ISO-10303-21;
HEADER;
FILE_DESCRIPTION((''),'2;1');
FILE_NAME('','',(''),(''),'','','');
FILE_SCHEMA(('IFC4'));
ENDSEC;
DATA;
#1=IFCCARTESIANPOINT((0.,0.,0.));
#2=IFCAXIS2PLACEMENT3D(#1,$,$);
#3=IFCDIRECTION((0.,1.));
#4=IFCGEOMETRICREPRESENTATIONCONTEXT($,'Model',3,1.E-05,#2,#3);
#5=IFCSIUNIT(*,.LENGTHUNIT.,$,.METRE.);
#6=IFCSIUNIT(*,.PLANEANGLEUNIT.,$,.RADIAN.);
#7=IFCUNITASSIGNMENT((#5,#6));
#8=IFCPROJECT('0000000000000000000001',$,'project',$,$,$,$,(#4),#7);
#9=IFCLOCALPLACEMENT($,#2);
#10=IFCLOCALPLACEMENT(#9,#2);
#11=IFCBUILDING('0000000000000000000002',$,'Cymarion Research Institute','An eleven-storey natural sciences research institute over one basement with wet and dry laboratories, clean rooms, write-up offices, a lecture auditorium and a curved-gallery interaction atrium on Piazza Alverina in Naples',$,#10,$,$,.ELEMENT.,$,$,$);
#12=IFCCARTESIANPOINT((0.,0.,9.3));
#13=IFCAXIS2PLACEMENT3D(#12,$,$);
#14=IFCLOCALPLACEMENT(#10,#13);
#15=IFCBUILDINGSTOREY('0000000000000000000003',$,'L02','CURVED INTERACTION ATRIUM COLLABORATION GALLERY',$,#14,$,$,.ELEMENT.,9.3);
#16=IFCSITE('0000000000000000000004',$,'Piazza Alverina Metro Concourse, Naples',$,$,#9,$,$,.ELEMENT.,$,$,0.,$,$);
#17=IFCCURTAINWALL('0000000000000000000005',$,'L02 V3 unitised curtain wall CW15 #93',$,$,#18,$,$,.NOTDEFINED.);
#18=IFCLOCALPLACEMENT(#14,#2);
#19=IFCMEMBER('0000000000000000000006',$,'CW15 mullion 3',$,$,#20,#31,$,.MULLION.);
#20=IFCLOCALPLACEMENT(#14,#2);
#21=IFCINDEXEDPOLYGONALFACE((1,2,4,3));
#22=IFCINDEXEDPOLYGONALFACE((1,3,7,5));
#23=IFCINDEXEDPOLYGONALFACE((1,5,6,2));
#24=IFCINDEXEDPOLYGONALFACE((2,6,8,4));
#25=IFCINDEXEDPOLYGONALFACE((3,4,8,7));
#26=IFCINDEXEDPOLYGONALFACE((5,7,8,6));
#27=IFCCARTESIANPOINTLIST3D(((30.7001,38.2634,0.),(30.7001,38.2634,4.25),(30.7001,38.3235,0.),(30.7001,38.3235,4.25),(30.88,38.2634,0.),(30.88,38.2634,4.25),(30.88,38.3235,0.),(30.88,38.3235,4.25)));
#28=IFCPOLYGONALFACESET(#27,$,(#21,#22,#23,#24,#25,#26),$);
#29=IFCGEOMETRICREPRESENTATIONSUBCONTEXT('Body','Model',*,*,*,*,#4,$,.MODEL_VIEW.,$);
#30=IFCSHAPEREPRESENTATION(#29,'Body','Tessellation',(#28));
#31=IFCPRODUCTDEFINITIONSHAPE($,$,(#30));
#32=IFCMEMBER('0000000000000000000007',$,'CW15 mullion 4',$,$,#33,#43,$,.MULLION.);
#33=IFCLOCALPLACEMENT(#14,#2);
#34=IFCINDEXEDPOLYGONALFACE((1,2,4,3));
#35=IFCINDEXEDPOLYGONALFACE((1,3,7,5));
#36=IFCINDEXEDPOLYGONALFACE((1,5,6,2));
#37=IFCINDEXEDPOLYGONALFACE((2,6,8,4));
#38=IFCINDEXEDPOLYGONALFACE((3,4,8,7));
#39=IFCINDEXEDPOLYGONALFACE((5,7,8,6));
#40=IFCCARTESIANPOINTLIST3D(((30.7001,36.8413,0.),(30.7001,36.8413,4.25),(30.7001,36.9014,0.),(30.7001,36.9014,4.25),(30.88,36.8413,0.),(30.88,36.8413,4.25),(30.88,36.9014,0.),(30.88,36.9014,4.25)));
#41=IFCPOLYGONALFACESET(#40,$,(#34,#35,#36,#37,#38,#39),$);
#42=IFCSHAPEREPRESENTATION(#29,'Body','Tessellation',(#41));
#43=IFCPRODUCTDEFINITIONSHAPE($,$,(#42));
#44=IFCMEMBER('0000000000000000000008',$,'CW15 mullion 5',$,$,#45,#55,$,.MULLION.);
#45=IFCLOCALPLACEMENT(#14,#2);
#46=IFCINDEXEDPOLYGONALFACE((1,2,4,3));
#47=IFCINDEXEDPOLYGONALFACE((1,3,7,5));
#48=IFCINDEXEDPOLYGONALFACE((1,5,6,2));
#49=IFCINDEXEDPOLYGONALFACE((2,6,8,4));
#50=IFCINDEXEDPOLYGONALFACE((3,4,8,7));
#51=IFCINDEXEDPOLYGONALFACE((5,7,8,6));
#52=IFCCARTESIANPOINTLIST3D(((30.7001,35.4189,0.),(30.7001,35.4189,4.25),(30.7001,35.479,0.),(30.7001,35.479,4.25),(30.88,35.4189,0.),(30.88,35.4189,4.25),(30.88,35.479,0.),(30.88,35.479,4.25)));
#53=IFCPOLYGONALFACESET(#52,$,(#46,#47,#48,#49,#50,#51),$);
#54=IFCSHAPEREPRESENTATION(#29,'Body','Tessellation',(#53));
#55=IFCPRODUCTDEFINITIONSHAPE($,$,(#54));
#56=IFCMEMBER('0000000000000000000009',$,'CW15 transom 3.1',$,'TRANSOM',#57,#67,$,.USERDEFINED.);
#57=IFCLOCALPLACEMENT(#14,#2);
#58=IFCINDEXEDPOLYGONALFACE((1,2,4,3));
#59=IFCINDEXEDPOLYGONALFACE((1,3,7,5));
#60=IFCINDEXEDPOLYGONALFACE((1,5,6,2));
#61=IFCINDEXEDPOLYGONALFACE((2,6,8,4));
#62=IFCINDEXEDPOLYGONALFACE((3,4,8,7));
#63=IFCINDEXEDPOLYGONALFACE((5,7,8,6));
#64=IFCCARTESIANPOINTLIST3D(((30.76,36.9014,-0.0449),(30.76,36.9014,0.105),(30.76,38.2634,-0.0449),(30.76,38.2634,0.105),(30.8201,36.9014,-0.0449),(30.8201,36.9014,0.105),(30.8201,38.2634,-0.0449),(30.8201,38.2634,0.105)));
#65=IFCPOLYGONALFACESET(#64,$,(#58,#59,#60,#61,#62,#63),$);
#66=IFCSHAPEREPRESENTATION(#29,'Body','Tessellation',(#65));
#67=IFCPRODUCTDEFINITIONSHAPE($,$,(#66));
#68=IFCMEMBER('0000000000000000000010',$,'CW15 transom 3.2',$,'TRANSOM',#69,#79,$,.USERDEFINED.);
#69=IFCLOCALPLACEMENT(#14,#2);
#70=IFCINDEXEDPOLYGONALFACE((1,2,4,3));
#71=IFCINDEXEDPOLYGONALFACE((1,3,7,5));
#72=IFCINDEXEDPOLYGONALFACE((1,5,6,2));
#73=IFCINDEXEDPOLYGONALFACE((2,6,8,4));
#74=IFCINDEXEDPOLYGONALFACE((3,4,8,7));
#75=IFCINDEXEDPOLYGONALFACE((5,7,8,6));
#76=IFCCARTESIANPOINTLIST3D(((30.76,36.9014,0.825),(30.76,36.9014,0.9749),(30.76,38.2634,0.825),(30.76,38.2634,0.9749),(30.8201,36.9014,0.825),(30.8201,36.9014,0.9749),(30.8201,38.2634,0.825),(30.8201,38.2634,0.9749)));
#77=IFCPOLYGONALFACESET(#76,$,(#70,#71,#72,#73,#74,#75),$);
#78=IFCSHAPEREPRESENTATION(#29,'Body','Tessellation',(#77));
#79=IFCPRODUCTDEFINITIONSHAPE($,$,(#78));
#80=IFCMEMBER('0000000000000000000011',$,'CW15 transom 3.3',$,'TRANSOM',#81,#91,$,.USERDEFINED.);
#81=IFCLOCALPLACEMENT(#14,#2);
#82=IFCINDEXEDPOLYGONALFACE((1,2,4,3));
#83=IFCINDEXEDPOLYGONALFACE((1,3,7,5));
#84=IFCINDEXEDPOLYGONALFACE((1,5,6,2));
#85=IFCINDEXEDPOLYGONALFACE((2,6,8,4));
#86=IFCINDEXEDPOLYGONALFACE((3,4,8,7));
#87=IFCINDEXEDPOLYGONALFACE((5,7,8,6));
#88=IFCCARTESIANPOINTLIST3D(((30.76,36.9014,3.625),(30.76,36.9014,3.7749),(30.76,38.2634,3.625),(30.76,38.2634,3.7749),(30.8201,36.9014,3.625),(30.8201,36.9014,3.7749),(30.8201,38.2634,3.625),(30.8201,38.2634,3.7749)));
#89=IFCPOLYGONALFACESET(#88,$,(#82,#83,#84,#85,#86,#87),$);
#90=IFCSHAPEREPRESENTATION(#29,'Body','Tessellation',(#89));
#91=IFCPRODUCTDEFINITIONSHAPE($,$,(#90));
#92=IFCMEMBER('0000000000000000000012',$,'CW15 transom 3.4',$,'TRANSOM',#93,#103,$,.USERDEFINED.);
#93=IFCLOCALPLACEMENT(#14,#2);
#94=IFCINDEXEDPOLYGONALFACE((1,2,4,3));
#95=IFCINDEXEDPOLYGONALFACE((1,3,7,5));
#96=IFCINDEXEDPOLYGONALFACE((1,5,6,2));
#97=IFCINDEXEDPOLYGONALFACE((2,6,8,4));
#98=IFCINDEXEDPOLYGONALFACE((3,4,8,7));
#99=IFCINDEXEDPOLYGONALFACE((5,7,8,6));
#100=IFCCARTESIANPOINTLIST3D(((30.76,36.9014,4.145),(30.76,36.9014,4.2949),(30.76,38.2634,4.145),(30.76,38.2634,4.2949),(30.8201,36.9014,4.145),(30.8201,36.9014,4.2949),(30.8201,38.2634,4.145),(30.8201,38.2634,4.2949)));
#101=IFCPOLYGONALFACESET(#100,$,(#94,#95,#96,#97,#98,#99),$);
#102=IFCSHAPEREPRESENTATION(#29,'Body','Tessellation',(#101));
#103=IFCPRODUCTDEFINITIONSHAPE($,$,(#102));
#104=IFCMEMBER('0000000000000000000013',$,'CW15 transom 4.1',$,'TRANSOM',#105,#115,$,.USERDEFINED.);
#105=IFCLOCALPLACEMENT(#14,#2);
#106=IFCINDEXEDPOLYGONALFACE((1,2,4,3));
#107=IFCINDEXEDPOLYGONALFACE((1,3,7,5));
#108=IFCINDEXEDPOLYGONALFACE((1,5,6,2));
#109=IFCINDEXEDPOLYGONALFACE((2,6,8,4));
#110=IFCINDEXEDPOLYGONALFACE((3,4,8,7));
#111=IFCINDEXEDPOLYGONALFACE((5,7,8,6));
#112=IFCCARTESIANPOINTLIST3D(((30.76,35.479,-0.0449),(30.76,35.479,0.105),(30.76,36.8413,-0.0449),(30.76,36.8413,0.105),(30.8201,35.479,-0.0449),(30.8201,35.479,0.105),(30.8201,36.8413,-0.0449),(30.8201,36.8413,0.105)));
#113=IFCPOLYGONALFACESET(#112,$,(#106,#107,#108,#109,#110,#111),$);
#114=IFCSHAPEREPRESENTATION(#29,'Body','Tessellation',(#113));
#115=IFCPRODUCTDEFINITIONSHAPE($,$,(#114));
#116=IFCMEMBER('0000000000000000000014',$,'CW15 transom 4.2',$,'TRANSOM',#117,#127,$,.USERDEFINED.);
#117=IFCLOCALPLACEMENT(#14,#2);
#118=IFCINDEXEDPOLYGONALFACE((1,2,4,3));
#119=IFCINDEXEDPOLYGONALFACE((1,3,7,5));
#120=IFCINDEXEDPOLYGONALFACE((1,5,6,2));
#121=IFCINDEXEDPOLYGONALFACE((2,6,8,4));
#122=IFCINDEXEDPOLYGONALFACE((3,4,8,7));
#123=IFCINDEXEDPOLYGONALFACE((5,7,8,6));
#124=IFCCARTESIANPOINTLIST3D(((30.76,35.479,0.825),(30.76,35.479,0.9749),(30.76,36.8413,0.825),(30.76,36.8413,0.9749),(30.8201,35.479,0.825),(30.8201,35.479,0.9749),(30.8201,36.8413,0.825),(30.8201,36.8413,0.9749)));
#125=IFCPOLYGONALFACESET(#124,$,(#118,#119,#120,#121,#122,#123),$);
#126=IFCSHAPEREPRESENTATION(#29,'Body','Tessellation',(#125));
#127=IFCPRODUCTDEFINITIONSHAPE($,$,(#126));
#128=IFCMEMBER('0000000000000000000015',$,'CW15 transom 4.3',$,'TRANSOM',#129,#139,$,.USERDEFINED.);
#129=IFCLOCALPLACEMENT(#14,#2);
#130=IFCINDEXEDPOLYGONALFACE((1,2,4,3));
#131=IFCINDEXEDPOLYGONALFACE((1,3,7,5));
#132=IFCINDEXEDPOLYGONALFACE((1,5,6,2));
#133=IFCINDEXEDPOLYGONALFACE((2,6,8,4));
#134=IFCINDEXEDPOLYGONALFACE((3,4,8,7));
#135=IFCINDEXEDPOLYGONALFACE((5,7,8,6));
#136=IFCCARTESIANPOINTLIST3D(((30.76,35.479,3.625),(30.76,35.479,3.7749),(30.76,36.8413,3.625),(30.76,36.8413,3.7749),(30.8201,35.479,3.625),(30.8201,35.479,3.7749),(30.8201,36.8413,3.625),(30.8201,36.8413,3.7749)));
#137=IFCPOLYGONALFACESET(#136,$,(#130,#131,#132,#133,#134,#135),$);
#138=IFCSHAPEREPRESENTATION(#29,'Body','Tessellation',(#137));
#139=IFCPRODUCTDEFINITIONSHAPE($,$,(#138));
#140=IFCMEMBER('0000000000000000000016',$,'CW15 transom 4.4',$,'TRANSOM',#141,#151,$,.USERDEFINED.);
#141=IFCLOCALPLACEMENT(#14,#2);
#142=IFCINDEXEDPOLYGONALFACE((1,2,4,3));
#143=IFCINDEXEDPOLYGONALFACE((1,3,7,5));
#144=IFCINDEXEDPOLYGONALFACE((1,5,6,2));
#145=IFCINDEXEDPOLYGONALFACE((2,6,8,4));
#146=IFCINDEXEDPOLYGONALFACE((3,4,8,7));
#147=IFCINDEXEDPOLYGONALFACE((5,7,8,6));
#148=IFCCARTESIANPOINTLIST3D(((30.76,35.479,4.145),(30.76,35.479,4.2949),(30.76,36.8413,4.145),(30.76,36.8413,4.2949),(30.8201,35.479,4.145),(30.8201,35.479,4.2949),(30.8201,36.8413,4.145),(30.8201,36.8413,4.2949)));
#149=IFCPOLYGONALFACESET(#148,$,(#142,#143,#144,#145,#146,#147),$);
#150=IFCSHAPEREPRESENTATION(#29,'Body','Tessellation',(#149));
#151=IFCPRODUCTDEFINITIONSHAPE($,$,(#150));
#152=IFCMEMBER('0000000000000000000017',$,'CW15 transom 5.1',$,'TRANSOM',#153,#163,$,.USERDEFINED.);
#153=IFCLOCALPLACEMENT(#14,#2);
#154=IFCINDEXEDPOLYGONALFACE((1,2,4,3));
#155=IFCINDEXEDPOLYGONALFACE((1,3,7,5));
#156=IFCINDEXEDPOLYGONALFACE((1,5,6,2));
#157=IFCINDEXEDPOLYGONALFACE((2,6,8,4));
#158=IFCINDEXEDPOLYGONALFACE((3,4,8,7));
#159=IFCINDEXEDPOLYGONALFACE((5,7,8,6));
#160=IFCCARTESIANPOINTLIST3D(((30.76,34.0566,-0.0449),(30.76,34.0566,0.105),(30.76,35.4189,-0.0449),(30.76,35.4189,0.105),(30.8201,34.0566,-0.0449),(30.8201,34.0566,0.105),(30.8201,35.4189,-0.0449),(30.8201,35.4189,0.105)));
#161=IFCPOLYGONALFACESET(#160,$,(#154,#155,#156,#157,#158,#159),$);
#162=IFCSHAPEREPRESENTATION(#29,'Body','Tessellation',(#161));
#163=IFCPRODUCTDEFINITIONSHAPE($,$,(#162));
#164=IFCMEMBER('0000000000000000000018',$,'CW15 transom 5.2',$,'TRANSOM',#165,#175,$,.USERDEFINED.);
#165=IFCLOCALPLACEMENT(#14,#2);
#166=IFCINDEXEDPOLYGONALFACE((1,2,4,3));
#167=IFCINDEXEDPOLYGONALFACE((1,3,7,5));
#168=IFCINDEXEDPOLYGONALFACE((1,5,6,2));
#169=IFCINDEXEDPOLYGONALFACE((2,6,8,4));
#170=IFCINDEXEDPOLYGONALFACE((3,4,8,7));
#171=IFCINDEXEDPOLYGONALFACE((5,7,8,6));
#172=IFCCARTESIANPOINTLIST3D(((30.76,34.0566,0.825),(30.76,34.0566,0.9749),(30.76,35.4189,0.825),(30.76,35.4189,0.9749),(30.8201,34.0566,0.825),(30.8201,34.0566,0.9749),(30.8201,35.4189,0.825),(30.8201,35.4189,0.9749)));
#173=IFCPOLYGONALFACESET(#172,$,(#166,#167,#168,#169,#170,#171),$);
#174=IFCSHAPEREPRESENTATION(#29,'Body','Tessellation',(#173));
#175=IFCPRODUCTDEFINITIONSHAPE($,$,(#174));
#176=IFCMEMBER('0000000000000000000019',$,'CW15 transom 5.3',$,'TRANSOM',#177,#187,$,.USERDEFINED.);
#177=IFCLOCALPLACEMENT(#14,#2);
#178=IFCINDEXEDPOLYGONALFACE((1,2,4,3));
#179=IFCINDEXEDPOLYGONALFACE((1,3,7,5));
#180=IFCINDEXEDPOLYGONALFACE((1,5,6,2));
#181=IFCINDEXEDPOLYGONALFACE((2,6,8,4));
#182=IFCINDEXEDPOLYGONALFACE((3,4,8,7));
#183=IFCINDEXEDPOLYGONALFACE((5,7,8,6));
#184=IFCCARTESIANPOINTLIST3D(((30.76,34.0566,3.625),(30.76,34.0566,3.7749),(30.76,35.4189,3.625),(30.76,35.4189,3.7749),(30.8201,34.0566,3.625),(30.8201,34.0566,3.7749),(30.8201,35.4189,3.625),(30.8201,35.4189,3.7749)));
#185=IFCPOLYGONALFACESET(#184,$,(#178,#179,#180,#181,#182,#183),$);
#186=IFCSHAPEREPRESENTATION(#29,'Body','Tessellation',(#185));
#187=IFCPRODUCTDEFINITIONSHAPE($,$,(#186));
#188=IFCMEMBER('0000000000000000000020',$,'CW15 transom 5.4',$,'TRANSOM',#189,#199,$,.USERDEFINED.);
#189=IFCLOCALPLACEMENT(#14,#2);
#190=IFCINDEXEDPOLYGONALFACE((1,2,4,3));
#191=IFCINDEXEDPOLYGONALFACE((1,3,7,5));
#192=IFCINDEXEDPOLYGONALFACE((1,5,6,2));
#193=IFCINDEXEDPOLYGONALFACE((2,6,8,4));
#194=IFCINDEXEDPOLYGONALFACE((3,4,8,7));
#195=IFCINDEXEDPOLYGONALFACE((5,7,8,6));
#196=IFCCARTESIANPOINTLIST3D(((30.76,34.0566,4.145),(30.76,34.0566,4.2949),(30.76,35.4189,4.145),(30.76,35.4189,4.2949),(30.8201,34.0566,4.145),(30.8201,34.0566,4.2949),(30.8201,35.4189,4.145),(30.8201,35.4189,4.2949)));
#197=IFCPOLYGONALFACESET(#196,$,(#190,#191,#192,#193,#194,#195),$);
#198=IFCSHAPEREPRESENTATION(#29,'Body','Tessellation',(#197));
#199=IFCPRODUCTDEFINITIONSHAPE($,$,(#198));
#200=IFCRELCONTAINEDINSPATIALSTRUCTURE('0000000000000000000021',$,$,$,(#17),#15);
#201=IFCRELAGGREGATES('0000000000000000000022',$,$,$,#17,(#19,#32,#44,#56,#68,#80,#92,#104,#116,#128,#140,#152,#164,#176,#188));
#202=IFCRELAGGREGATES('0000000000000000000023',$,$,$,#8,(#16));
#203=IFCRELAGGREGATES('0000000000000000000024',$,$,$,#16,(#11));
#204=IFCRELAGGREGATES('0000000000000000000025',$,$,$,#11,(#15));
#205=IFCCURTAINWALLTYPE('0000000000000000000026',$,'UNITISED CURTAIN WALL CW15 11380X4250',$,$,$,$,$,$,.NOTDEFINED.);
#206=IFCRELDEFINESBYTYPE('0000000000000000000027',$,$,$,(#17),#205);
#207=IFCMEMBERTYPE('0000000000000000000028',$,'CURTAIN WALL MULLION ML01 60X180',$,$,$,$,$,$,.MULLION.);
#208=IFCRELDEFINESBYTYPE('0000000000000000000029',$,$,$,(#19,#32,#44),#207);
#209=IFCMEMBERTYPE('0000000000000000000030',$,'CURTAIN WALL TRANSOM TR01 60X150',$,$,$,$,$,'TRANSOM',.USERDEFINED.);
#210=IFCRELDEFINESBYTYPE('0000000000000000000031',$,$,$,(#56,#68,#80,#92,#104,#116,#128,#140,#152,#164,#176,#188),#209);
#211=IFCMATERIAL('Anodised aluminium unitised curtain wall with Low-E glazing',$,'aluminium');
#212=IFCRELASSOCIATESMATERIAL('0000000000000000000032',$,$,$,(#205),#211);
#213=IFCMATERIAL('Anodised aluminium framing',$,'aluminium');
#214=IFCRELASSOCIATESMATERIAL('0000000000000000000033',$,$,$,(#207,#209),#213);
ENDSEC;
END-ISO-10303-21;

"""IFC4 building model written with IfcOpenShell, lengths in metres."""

from ifc_helpers import new_model, si_unit, direction, frame, origin, origin_2d, place, context, subcontext, project, spatial, rectangle, extrude, material, material_profile, profile_set, type_object, element, aggregate, save


model = new_model("IFC4")

# Units and contexts
model_context = context("Model", 3, precision=1e-05, world=origin(), true_north=direction((0.0, 1.0)))
body_context = subcontext(model_context, "Body", "Model", "MODEL_VIEW")
ifc_project = project(units=[si_unit("LENGTHUNIT", "METRE"), si_unit("PLANEANGLEUNIT", "RADIAN")], contexts=[model_context])

# Site, building, storey
site_placement = place(None, origin())
site = spatial("IfcSite", under=ifc_project, at=site_placement, Name="Piazza Alverina Metro Concourse, Naples", CompositionType="ELEMENT", RefElevation=0.0)
building_placement = place(site_placement, origin())
building = spatial("IfcBuilding", under=site, at=building_placement, Name="Cymarion Research Institute", Description="An eleven-storey natural sciences research institute over one basement with wet and dry laboratories, clean rooms, write-up offices, a lecture auditorium and a curved-gallery interaction atrium on Piazza Alverina in Naples", CompositionType="ELEMENT")
storey_placement = place(building_placement, frame((0.0, 0.0, 9.3)))
storey = spatial("IfcBuildingStorey", under=building, at=storey_placement, Name="L02", Description="CURVED INTERACTION ATRIUM COLLABORATION GALLERY", CompositionType="ELEMENT", Elevation=9.3)

# Curtain wall, members
ifc_material_1 = material(Name="Anodised aluminium unitised curtain wall with Low-E glazing", Category="aluminium")
curtain_wall_type = type_object("IfcCurtainWallType", Name="UNITISED CURTAIN WALL CW15 11380X4250", PredefinedType="NOTDEFINED", material=ifc_material_1)
curtain_wall_placement = place(storey_placement, origin())
curtain_wall = element("IfcCurtainWall", 1, at=curtain_wall_placement, inside=storey, type_object=curtain_wall_type, Name="L02 V3 unitised curtain wall CW15 #93", PredefinedType="NOTDEFINED")
ifc_material_2 = material(Name="Anodised aluminium framing", Category="aluminium")
ifc_material_profile_1 = material_profile(ifc_material_2, rectangle(XDim=0.0601, YDim=0.1799, at=origin_2d()), Name="ALU MULLION 60x180")
ifc_profile_set_1 = profile_set([ifc_material_profile_1], Name="Anodised aluminium framing")
member_type_1 = type_object("IfcMemberType", Name="CURTAIN WALL MULLION ML01 60X180", PredefinedType="MULLION", material=ifc_profile_set_1)
member_1_placement = place(storey_placement, frame((30.79, 38.2935, 0.0), z_axis=(0.0, 0.0, 1.0), x_axis=(0.0, -1.0, 0.0)))
member_1 = element("IfcMember", 2, at=member_1_placement, type_object=member_type_1, Name="CW15 mullion 3", PredefinedType="MULLION", context=body_context, shape_type="SweptSolid", body=[
    extrude(rectangle(XDim=0.0601, YDim=0.1799, at=origin_2d()), origin(), (0.0, 0.0, 1.0), 4.25),
])
member_2_placement = place(storey_placement, frame((30.79, 36.8713, 0.0), z_axis=(0.0, 0.0, 1.0), x_axis=(0.0, -1.0, 0.0)))
member_2 = element("IfcMember", 3, at=member_2_placement, type_object=member_type_1, Name="CW15 mullion 4", PredefinedType="MULLION", context=body_context, shape_type="SweptSolid", body=[
    extrude(rectangle(XDim=0.0601, YDim=0.1799, at=origin_2d()), origin(), (0.0, 0.0, 1.0), 4.25),
])
member_3_placement = place(storey_placement, frame((30.79, 35.449, 0.0), z_axis=(0.0, 0.0, 1.0), x_axis=(0.0, -1.0, 0.0)))
member_3 = element("IfcMember", 4, at=member_3_placement, type_object=member_type_1, Name="CW15 mullion 5", PredefinedType="MULLION", context=body_context, shape_type="SweptSolid", body=[
    extrude(rectangle(XDim=0.0601, YDim=0.1799, at=origin_2d()), origin(), (0.0, 0.0, 1.0), 4.25),
])
ifc_material_profile_2 = material_profile(ifc_material_2, rectangle(XDim=0.0601, YDim=0.1499, at=origin_2d()), Name="ALU TRANSOM 60x150")
ifc_profile_set_2 = profile_set([ifc_material_profile_2], Name="Anodised aluminium framing")
member_type_2 = type_object("IfcMemberType", Name="CURTAIN WALL TRANSOM TR01 60X150", ElementType="TRANSOM", PredefinedType="USERDEFINED", material=ifc_profile_set_2)
member_4_placement = place(storey_placement, frame((30.79, 38.2634, 0.03), z_axis=(0.0, -1.0, 0.0), x_axis=(1.0, 0.0, 0.0)))
member_4 = element("IfcMember", 5, at=member_4_placement, type_object=member_type_2, Name="CW15 transom 3.1", ObjectType="TRANSOM", PredefinedType="USERDEFINED", context=body_context, shape_type="SweptSolid", body=[
    extrude(rectangle(XDim=0.0601, YDim=0.1499, at=origin_2d()), origin(), (0.0, 0.0, 1.0), 1.3621),
])
member_5_placement = place(storey_placement, frame((30.79, 38.2634, 0.8999), z_axis=(0.0, -1.0, 0.0), x_axis=(1.0, 0.0, 0.0)))
member_5 = element("IfcMember", 6, at=member_5_placement, type_object=member_type_2, Name="CW15 transom 3.2", ObjectType="TRANSOM", PredefinedType="USERDEFINED", context=body_context, shape_type="SweptSolid", body=[
    extrude(rectangle(XDim=0.0601, YDim=0.1499, at=origin_2d()), origin(), (0.0, 0.0, 1.0), 1.3621),
])
member_6_placement = place(storey_placement, frame((30.79, 38.2634, 3.7), z_axis=(0.0, -1.0, 0.0), x_axis=(1.0, 0.0, 0.0)))
member_6 = element("IfcMember", 7, at=member_6_placement, type_object=member_type_2, Name="CW15 transom 3.3", ObjectType="TRANSOM", PredefinedType="USERDEFINED", context=body_context, shape_type="SweptSolid", body=[
    extrude(rectangle(XDim=0.0601, YDim=0.1499, at=origin_2d()), origin(), (0.0, 0.0, 1.0), 1.3621),
])
member_7_placement = place(storey_placement, frame((30.79, 38.2634, 4.22), z_axis=(0.0, -1.0, 0.0), x_axis=(1.0, 0.0, 0.0)))
member_7 = element("IfcMember", 8, at=member_7_placement, type_object=member_type_2, Name="CW15 transom 3.4", ObjectType="TRANSOM", PredefinedType="USERDEFINED", context=body_context, shape_type="SweptSolid", body=[
    extrude(rectangle(XDim=0.0601, YDim=0.1499, at=origin_2d()), origin(), (0.0, 0.0, 1.0), 1.3621),
])
member_8_placement = place(storey_placement, frame((30.79, 36.8413, 0.03), z_axis=(0.0, -1.0, 0.0), x_axis=(1.0, 0.0, 0.0)))
member_8 = element("IfcMember", 9, at=member_8_placement, type_object=member_type_2, Name="CW15 transom 4.1", ObjectType="TRANSOM", PredefinedType="USERDEFINED", context=body_context, shape_type="SweptSolid", body=[
    extrude(rectangle(XDim=0.0601, YDim=0.1499, at=origin_2d()), origin(), (0.0, 0.0, 1.0), 1.3623),
])
member_9_placement = place(storey_placement, frame((30.79, 36.8413, 0.8999), z_axis=(0.0, -1.0, 0.0), x_axis=(1.0, 0.0, 0.0)))
member_9 = element("IfcMember", 10, at=member_9_placement, type_object=member_type_2, Name="CW15 transom 4.2", ObjectType="TRANSOM", PredefinedType="USERDEFINED", context=body_context, shape_type="SweptSolid", body=[
    extrude(rectangle(XDim=0.0601, YDim=0.1499, at=origin_2d()), origin(), (0.0, 0.0, 1.0), 1.3623),
])
member_10_placement = place(storey_placement, frame((30.79, 36.8413, 3.7), z_axis=(0.0, -1.0, 0.0), x_axis=(1.0, 0.0, 0.0)))
member_10 = element("IfcMember", 11, at=member_10_placement, type_object=member_type_2, Name="CW15 transom 4.3", ObjectType="TRANSOM", PredefinedType="USERDEFINED", context=body_context, shape_type="SweptSolid", body=[
    extrude(rectangle(XDim=0.0601, YDim=0.1499, at=origin_2d()), origin(), (0.0, 0.0, 1.0), 1.3623),
])
member_11_placement = place(storey_placement, frame((30.79, 36.8413, 4.22), z_axis=(0.0, -1.0, 0.0), x_axis=(1.0, 0.0, 0.0)))
member_11 = element("IfcMember", 12, at=member_11_placement, type_object=member_type_2, Name="CW15 transom 4.4", ObjectType="TRANSOM", PredefinedType="USERDEFINED", context=body_context, shape_type="SweptSolid", body=[
    extrude(rectangle(XDim=0.0601, YDim=0.1499, at=origin_2d()), origin(), (0.0, 0.0, 1.0), 1.3623),
])
member_12_placement = place(storey_placement, frame((30.79, 35.4189, 0.03), z_axis=(0.0, -1.0, 0.0), x_axis=(1.0, 0.0, 0.0)))
member_12 = element("IfcMember", 13, at=member_12_placement, type_object=member_type_2, Name="CW15 transom 5.1", ObjectType="TRANSOM", PredefinedType="USERDEFINED", context=body_context, shape_type="SweptSolid", body=[
    extrude(rectangle(XDim=0.0601, YDim=0.1499, at=origin_2d()), origin(), (0.0, 0.0, 1.0), 1.3623),
])
member_13_placement = place(storey_placement, frame((30.79, 35.4189, 0.8999), z_axis=(0.0, -1.0, 0.0), x_axis=(1.0, 0.0, 0.0)))
member_13 = element("IfcMember", 14, at=member_13_placement, type_object=member_type_2, Name="CW15 transom 5.2", ObjectType="TRANSOM", PredefinedType="USERDEFINED", context=body_context, shape_type="SweptSolid", body=[
    extrude(rectangle(XDim=0.0601, YDim=0.1499, at=origin_2d()), origin(), (0.0, 0.0, 1.0), 1.3623),
])
member_14_placement = place(storey_placement, frame((30.79, 35.4189, 3.7), z_axis=(0.0, -1.0, 0.0), x_axis=(1.0, 0.0, 0.0)))
member_14 = element("IfcMember", 15, at=member_14_placement, type_object=member_type_2, Name="CW15 transom 5.3", ObjectType="TRANSOM", PredefinedType="USERDEFINED", context=body_context, shape_type="SweptSolid", body=[
    extrude(rectangle(XDim=0.0601, YDim=0.1499, at=origin_2d()), origin(), (0.0, 0.0, 1.0), 1.3623),
])
member_15_placement = place(storey_placement, frame((30.79, 35.4189, 4.22), z_axis=(0.0, -1.0, 0.0), x_axis=(1.0, 0.0, 0.0)))
member_15 = element("IfcMember", 16, at=member_15_placement, type_object=member_type_2, Name="CW15 transom 5.4", ObjectType="TRANSOM", PredefinedType="USERDEFINED", context=body_context, shape_type="SweptSolid", body=[
    extrude(rectangle(XDim=0.0601, YDim=0.1499, at=origin_2d()), origin(), (0.0, 0.0, 1.0), 1.3623),
])
aggregate(curtain_wall, [member_1, member_2, member_3, member_4, member_5, member_6, member_7, member_8, member_9, member_10, member_11, member_12, member_13, member_14, member_15])

save(model, "model.ifc")
